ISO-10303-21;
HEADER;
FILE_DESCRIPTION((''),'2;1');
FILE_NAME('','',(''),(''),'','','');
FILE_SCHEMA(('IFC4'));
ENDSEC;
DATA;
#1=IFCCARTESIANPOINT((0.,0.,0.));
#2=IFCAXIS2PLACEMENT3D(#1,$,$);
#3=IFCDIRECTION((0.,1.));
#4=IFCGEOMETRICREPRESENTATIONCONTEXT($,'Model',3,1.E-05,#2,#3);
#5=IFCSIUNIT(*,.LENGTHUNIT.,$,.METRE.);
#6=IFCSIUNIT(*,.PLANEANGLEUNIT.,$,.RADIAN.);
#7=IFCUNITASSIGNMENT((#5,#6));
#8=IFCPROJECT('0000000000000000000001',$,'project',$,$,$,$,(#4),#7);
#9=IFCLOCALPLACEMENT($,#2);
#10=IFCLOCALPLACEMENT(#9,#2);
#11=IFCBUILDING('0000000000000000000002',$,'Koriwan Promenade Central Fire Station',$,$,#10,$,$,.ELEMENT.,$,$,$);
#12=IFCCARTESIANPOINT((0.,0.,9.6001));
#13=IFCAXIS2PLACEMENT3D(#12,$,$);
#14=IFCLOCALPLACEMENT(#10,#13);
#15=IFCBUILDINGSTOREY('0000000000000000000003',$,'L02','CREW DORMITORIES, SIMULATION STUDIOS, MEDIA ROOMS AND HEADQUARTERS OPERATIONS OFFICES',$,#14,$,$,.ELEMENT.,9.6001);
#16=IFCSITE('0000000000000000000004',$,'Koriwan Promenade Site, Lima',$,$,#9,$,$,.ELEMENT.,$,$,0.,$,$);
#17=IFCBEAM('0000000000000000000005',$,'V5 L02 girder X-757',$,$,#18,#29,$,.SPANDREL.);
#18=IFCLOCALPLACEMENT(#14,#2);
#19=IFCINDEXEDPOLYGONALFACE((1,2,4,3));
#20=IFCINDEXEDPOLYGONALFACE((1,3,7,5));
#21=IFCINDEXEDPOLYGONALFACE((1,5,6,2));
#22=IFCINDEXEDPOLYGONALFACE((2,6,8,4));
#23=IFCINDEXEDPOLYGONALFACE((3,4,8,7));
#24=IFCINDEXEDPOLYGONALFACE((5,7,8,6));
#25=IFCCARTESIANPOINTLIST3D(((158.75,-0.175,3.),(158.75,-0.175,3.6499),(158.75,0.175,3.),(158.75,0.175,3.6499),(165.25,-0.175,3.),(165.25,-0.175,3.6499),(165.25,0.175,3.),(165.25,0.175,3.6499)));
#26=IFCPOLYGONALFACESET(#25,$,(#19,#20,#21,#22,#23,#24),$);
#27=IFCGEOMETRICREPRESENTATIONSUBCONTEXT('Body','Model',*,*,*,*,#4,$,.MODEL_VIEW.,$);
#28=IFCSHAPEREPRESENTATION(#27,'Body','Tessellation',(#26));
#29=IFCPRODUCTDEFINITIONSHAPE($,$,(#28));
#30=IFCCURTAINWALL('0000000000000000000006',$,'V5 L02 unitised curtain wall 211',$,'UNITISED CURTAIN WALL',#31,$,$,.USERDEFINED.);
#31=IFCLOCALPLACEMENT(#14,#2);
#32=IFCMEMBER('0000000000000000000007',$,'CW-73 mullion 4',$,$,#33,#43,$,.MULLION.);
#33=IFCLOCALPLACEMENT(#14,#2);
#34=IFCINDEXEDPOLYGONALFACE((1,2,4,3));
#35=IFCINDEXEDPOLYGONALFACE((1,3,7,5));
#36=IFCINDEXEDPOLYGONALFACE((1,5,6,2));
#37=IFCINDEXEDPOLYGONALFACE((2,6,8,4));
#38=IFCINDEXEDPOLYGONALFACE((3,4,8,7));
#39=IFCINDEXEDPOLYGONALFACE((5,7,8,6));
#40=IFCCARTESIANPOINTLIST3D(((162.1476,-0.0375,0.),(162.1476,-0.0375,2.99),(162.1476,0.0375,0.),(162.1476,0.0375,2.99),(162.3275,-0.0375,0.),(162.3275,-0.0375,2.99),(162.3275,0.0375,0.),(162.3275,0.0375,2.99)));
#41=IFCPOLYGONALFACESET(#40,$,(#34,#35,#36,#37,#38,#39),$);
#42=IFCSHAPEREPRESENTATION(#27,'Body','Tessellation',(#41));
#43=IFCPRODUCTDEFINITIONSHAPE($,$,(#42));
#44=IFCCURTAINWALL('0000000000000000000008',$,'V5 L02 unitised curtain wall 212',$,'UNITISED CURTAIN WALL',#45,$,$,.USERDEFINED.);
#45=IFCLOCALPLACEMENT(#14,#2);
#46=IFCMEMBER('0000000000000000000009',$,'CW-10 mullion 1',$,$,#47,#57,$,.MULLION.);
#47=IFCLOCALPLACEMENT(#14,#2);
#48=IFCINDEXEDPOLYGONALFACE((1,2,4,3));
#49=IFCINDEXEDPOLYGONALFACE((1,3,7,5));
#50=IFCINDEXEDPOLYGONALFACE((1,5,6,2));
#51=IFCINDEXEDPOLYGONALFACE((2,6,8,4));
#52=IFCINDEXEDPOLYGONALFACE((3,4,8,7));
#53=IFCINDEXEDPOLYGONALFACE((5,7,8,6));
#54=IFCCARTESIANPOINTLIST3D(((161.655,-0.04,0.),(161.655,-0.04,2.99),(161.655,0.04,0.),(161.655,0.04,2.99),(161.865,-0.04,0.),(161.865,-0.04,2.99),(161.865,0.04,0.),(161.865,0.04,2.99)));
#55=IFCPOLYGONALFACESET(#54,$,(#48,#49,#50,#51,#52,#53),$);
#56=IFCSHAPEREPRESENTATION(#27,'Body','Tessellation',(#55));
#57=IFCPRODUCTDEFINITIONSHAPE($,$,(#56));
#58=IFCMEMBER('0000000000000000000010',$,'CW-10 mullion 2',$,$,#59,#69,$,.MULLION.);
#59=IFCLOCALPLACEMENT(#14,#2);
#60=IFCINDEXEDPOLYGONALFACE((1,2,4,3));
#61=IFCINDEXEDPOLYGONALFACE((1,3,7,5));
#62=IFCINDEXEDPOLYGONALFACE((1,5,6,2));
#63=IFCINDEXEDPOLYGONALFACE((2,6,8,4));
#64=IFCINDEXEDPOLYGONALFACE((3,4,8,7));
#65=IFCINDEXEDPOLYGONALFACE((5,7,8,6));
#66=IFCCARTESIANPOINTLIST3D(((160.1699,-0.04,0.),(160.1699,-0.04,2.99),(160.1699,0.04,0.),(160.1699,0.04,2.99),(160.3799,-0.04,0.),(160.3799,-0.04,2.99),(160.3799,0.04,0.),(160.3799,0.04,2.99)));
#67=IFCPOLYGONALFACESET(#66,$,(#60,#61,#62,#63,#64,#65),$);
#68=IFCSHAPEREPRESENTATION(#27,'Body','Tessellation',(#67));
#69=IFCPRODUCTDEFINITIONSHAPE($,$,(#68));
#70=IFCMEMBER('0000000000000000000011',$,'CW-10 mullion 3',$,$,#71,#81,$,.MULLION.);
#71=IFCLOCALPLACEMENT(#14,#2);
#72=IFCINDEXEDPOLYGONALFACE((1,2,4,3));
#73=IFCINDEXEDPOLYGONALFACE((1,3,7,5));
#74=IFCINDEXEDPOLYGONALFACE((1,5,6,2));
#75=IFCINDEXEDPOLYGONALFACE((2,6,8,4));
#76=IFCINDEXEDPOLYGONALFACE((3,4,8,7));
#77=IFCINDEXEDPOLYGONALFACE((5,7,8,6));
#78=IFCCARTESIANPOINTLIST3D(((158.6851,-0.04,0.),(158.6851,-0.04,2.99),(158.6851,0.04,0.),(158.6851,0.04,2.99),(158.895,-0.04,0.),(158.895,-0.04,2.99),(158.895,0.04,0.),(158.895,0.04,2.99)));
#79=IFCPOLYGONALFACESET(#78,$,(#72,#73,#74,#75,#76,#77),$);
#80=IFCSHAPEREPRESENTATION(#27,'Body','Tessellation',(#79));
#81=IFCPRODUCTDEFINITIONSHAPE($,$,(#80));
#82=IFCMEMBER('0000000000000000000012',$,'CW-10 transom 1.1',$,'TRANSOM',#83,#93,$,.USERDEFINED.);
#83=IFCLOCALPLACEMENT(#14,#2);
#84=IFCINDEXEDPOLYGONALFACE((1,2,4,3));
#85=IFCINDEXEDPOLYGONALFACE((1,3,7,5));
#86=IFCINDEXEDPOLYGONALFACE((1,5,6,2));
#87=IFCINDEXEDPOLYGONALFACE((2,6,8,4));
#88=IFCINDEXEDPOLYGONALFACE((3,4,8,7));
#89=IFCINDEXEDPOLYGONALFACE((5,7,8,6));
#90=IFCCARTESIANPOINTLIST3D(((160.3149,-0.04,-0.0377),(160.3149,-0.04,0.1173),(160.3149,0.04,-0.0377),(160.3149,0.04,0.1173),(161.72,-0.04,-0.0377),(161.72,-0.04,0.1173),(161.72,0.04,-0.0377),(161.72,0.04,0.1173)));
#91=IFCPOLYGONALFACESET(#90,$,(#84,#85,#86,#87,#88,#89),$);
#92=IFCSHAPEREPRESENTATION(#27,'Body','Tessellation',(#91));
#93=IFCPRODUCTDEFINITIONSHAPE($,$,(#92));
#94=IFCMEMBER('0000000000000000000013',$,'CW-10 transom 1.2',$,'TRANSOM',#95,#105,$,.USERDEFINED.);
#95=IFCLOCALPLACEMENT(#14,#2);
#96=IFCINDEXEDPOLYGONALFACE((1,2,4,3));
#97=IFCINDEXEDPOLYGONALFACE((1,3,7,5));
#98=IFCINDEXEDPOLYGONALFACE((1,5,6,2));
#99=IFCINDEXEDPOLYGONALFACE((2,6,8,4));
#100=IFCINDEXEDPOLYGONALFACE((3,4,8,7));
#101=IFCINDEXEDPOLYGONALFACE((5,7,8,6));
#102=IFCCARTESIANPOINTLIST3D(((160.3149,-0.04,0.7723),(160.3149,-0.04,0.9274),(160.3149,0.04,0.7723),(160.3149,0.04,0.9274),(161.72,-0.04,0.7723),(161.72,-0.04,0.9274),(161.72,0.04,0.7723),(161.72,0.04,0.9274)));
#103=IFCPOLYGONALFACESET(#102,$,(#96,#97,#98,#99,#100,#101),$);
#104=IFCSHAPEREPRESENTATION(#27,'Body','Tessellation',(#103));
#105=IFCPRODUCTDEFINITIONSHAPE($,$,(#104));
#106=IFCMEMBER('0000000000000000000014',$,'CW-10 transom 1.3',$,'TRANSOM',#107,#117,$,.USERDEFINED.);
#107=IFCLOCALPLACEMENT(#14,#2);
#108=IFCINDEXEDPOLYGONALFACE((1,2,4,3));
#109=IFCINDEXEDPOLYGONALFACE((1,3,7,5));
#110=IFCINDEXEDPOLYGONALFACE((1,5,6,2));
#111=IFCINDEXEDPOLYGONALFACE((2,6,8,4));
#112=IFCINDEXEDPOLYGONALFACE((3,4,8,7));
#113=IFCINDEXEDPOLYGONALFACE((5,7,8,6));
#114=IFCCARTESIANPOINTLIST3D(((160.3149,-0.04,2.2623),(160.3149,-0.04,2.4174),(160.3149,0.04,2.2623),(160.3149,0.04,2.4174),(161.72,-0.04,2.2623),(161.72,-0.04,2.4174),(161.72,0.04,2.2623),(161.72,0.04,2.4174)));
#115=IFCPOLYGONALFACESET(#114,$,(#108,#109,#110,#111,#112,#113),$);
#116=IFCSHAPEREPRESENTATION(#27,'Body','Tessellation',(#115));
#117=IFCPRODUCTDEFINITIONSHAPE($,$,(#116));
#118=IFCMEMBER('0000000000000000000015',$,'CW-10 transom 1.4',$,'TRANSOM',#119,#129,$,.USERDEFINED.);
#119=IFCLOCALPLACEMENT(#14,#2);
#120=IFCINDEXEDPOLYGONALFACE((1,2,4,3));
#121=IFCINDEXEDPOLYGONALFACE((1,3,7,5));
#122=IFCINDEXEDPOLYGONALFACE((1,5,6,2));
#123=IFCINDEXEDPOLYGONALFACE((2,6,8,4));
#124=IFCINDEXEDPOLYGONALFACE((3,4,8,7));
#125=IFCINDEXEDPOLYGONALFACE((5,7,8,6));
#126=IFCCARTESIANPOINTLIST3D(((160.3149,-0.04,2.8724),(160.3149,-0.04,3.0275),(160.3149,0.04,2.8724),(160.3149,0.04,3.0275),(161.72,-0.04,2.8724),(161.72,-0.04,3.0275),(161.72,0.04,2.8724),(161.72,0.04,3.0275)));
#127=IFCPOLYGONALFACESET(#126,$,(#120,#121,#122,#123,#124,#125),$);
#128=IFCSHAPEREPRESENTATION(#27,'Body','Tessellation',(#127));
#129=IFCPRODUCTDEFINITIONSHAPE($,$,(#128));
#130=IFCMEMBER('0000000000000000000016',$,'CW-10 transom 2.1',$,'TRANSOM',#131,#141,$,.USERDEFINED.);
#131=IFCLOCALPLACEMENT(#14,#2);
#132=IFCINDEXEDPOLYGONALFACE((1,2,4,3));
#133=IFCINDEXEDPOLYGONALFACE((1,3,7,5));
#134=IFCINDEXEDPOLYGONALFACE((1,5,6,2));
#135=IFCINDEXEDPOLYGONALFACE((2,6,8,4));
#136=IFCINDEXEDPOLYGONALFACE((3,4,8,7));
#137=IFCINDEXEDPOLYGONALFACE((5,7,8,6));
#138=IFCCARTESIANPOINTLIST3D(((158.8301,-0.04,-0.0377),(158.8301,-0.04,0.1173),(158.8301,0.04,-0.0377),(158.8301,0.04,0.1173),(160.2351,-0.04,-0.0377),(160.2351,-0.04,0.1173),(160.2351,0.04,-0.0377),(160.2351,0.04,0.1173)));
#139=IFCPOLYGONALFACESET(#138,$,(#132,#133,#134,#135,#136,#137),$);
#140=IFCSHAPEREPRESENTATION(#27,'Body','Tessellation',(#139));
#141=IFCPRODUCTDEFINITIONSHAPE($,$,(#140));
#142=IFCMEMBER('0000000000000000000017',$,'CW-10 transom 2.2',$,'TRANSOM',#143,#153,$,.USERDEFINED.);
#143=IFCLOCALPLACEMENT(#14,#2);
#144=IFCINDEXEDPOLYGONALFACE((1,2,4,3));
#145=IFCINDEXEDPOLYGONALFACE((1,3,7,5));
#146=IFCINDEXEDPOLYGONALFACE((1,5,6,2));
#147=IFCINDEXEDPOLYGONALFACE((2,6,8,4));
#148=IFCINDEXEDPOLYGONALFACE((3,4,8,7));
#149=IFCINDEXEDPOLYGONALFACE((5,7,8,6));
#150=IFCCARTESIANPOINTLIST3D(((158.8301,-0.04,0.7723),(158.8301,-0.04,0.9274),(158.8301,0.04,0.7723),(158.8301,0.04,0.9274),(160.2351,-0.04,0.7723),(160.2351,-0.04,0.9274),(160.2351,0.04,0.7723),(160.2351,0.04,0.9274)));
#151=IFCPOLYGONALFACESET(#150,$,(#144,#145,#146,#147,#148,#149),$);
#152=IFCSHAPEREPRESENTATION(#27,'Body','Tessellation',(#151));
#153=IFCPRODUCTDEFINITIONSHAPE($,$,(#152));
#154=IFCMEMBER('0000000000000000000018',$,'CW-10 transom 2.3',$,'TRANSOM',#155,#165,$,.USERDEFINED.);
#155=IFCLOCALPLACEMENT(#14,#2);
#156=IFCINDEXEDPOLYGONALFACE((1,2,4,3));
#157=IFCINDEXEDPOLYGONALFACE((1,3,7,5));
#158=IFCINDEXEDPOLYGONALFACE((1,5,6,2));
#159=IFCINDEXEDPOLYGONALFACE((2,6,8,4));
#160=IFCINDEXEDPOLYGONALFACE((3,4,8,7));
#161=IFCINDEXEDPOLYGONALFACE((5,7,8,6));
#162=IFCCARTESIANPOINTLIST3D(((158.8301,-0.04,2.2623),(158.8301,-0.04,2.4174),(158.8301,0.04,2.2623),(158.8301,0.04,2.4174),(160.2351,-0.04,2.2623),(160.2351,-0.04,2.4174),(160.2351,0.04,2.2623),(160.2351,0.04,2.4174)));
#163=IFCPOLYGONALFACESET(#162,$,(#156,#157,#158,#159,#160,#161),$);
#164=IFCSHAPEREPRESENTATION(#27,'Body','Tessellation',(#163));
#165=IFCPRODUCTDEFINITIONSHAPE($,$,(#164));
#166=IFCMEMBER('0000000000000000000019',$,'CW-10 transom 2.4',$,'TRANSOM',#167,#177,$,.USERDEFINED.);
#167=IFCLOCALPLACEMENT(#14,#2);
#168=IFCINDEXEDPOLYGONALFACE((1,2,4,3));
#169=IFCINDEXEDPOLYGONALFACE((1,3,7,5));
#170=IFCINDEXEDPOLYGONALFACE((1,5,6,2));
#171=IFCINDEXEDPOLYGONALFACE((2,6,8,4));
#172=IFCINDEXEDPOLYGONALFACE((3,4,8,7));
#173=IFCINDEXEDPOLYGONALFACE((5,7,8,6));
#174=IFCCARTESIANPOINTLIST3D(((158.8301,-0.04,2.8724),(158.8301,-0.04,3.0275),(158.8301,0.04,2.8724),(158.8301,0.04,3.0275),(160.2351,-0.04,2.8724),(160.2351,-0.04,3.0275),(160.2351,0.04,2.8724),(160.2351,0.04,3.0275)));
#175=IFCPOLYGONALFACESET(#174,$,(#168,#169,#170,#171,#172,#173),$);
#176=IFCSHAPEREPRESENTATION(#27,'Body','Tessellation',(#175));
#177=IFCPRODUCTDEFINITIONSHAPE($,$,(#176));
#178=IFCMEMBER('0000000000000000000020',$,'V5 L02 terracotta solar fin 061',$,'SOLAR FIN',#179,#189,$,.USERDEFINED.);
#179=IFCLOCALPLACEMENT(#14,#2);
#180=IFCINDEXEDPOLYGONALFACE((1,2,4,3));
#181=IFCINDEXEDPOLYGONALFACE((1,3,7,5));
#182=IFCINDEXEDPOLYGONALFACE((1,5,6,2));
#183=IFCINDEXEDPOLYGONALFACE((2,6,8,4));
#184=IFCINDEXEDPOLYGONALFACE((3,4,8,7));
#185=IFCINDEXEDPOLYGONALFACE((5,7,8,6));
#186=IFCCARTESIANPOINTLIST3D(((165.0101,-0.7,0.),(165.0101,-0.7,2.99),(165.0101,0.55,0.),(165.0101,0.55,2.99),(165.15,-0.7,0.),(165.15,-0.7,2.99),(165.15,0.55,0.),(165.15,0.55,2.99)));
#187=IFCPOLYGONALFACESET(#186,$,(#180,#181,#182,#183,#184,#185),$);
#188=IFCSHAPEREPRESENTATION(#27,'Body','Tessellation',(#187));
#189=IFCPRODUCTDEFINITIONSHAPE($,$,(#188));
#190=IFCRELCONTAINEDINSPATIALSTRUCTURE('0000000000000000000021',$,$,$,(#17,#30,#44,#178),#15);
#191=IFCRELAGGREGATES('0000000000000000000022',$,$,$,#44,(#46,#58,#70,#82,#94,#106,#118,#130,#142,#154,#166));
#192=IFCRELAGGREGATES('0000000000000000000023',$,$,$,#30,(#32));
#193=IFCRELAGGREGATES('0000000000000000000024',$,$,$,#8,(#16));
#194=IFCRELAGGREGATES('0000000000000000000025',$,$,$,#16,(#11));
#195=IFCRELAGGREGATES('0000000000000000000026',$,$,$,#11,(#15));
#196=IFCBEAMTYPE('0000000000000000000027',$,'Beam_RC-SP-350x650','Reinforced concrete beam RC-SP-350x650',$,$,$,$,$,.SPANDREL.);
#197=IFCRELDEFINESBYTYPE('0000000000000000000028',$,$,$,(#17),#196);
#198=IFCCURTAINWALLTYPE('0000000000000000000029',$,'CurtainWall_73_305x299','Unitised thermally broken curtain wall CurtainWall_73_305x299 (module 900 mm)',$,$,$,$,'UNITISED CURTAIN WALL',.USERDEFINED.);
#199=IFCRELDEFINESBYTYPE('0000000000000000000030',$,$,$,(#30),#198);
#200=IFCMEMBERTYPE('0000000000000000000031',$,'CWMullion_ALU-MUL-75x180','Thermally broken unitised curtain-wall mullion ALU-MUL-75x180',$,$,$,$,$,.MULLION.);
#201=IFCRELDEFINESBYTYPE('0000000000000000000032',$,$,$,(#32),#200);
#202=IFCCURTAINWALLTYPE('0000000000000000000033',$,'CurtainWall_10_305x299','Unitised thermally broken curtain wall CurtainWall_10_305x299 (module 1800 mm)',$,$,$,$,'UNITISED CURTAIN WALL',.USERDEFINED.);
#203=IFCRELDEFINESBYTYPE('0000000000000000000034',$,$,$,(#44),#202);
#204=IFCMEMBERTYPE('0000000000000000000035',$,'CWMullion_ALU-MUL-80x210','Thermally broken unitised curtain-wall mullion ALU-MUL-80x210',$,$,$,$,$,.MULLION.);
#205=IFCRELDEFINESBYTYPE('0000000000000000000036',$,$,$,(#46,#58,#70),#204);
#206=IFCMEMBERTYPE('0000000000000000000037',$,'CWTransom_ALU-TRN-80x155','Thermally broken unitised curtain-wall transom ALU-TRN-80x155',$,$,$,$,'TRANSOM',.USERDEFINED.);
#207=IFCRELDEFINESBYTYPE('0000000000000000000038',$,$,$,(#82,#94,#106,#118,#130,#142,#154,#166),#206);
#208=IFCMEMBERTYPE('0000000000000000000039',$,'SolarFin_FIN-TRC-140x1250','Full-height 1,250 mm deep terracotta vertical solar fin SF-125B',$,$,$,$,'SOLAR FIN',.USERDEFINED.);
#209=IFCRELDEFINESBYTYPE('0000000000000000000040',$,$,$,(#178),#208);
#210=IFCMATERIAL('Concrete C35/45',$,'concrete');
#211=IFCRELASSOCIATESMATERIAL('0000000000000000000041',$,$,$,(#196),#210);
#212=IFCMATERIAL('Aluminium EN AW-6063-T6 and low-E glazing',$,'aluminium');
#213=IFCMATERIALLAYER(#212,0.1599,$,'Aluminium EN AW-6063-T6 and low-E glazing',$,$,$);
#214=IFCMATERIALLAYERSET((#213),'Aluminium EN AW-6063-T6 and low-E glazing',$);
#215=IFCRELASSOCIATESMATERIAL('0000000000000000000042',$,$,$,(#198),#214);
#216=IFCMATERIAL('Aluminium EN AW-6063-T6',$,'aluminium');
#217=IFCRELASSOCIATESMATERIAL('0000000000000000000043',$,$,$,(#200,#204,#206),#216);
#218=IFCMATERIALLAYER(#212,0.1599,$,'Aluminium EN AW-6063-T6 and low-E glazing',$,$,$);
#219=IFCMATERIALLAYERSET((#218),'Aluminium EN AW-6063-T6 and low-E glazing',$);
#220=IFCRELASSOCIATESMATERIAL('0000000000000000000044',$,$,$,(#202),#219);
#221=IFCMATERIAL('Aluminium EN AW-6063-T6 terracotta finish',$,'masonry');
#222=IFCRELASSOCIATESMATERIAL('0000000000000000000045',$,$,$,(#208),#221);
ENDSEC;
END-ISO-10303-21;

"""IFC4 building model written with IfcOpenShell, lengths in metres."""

from ifc_helpers import new_model, si_unit, direction, frame, origin, origin_2d, place, context, subcontext, project, spatial, rectangle, extrude, material, layer, layer_set, material_profile, profile_set, type_object, element, aggregate, save


model = new_model("IFC4")

# Units and contexts
model_context = context("Model", 3, precision=1e-05, world=origin(), true_north=direction((0.0, 1.0)))
body_context = subcontext(model_context, "Body", "Model", "MODEL_VIEW")
ifc_project = project(units=[si_unit("LENGTHUNIT", "METRE"), si_unit("PLANEANGLEUNIT", "RADIAN")], contexts=[model_context])

# Site, building, storey
site_placement = place(None, origin())
site = spatial("IfcSite", under=ifc_project, at=site_placement, Name="Koriwan Promenade Site, Lima", CompositionType="ELEMENT", RefElevation=0.0)
building_placement = place(site_placement, origin())
building = spatial("IfcBuilding", under=site, at=building_placement, Name="Koriwan Promenade Central Fire Station", CompositionType="ELEMENT")
storey_placement = place(building_placement, frame((0.0, 0.0, 9.6001)))
storey = spatial("IfcBuildingStorey", under=building, at=storey_placement, Name="L02", Description="CREW DORMITORIES, SIMULATION STUDIOS, MEDIA ROOMS AND HEADQUARTERS OPERATIONS OFFICES", CompositionType="ELEMENT", Elevation=9.6001)

# Beam
ifc_material_1 = material(Name="Concrete C35/45", Category="concrete")
ifc_material_profile_1 = material_profile(ifc_material_1, rectangle(XDim=0.3501, YDim=0.6499, at=origin_2d()), Name="RC-SP-350x650")
ifc_profile_set_1 = profile_set([ifc_material_profile_1], Name="Concrete C35/45")
beam_type = type_object("IfcBeamType", Name="Beam_RC-SP-350x650", Description="Reinforced concrete beam RC-SP-350x650", PredefinedType="SPANDREL", material=ifc_profile_set_1)
beam_placement = place(storey_placement, frame((158.75, 0.0, 3.325), z_axis=(1.0, 0.0, 0.0), x_axis=(0.0, 1.0, 0.0)))
element("IfcBeam", 1, at=beam_placement, inside=storey, type_object=beam_type, Name="V5 L02 girder X-757", PredefinedType="SPANDREL", context=body_context, shape_type="SweptSolid", body=[
    extrude(rectangle(XDim=0.3501, YDim=0.6499, at=origin_2d()), origin(), (0.0, 0.0, 1.0), 6.5),
])

# Curtain wall, member
ifc_material_2 = material(Name="Aluminium EN AW-6063-T6 and low-E glazing", Category="aluminium")
ifc_layer_1 = layer(ifc_material_2, 0.1599, Name="Aluminium EN AW-6063-T6 and low-E glazing")
ifc_layer_set_1 = layer_set([ifc_layer_1], Name="Aluminium EN AW-6063-T6 and low-E glazing")
curtain_wall_type_1 = type_object("IfcCurtainWallType", Name="CurtainWall_73_305x299", Description="Unitised thermally broken curtain wall CurtainWall_73_305x299 (module 900 mm)", ElementType="UNITISED CURTAIN WALL", PredefinedType="USERDEFINED", material=ifc_layer_set_1)
curtain_wall_1_placement = place(storey_placement, origin())
curtain_wall_1 = element("IfcCurtainWall", 2, at=curtain_wall_1_placement, inside=storey, type_object=curtain_wall_type_1, Name="V5 L02 unitised curtain wall 211", ObjectType="UNITISED CURTAIN WALL", PredefinedType="USERDEFINED")
ifc_material_3 = material(Name="Aluminium EN AW-6063-T6", Category="aluminium")
ifc_material_profile_2 = material_profile(ifc_material_3, rectangle(XDim=0.075, YDim=0.1799, at=origin_2d()), Name="ALU-MUL-75x180")
ifc_profile_set_2 = profile_set([ifc_material_profile_2], Name="Aluminium EN AW-6063-T6")
member_type_1 = type_object("IfcMemberType", Name="CWMullion_ALU-MUL-75x180", Description="Thermally broken unitised curtain-wall mullion ALU-MUL-75x180", PredefinedType="MULLION", material=ifc_profile_set_2)
member_1_placement = place(storey_placement, frame((162.2375, 0.0, 0.0), z_axis=(0.0, 0.0, 1.0), x_axis=(0.0, -1.0, 0.0)))
member_1 = element("IfcMember", 3, at=member_1_placement, type_object=member_type_1, Name="CW-73 mullion 4", PredefinedType="MULLION", context=body_context, shape_type="SweptSolid", body=[
    extrude(rectangle(XDim=0.075, YDim=0.1799, at=origin_2d()), origin(), (0.0, 0.0, 1.0), 2.99),
])

# Curtain wall, members
ifc_layer_2 = layer(ifc_material_2, 0.1599, Name="Aluminium EN AW-6063-T6 and low-E glazing")
ifc_layer_set_2 = layer_set([ifc_layer_2], Name="Aluminium EN AW-6063-T6 and low-E glazing")
curtain_wall_type_2 = type_object("IfcCurtainWallType", Name="CurtainWall_10_305x299", Description="Unitised thermally broken curtain wall CurtainWall_10_305x299 (module 1800 mm)", ElementType="UNITISED CURTAIN WALL", PredefinedType="USERDEFINED", material=ifc_layer_set_2)
curtain_wall_2_placement = place(storey_placement, origin())
curtain_wall_2 = element("IfcCurtainWall", 4, at=curtain_wall_2_placement, inside=storey, type_object=curtain_wall_type_2, Name="V5 L02 unitised curtain wall 212", ObjectType="UNITISED CURTAIN WALL", PredefinedType="USERDEFINED")
ifc_material_profile_3 = material_profile(ifc_material_3, rectangle(XDim=0.0801, YDim=0.21, at=origin_2d()), Name="ALU-MUL-80x210")
ifc_profile_set_3 = profile_set([ifc_material_profile_3], Name="Aluminium EN AW-6063-T6")
member_type_2 = type_object("IfcMemberType", Name="CWMullion_ALU-MUL-80x210", Description="Thermally broken unitised curtain-wall mullion ALU-MUL-80x210", PredefinedType="MULLION", material=ifc_profile_set_3)
member_2_placement = place(storey_placement, frame((161.76, 0.0, 0.0), z_axis=(0.0, 0.0, 1.0), x_axis=(0.0, -1.0, 0.0)))
member_2 = element("IfcMember", 5, at=member_2_placement, type_object=member_type_2, Name="CW-10 mullion 1", PredefinedType="MULLION", context=body_context, shape_type="SweptSolid", body=[
    extrude(rectangle(XDim=0.0801, YDim=0.21, at=origin_2d()), origin(), (0.0, 0.0, 1.0), 2.99),
])
member_3_placement = place(storey_placement, frame((160.2749, 0.0, 0.0), z_axis=(0.0, 0.0, 1.0), x_axis=(0.0, -1.0, 0.0)))
member_3 = element("IfcMember", 6, at=member_3_placement, type_object=member_type_2, Name="CW-10 mullion 2", PredefinedType="MULLION", context=body_context, shape_type="SweptSolid", body=[
    extrude(rectangle(XDim=0.0801, YDim=0.21, at=origin_2d()), origin(), (0.0, 0.0, 1.0), 2.99),
])
member_4_placement = place(storey_placement, frame((158.79, 0.0, 0.0), z_axis=(0.0, 0.0, 1.0), x_axis=(0.0, -1.0, 0.0)))
member_4 = element("IfcMember", 7, at=member_4_placement, type_object=member_type_2, Name="CW-10 mullion 3", PredefinedType="MULLION", context=body_context, shape_type="SweptSolid", body=[
    extrude(rectangle(XDim=0.0801, YDim=0.21, at=origin_2d()), origin(), (0.0, 0.0, 1.0), 2.99),
])
ifc_material_profile_4 = material_profile(ifc_material_3, rectangle(XDim=0.0801, YDim=0.155, at=origin_2d()), Name="ALU-TRN-80x155")
ifc_profile_set_4 = profile_set([ifc_material_profile_4], Name="Aluminium EN AW-6063-T6")
member_type_3 = type_object("IfcMemberType", Name="CWTransom_ALU-TRN-80x155", Description="Thermally broken unitised curtain-wall transom ALU-TRN-80x155", ElementType="TRANSOM", PredefinedType="USERDEFINED", material=ifc_profile_set_4)
member_5_placement = place(storey_placement, frame((161.72, 0.0, 0.0398), z_axis=(-1.0, 0.0, 0.0), x_axis=(0.0, -1.0, 0.0)))
member_5 = element("IfcMember", 8, at=member_5_placement, type_object=member_type_3, Name="CW-10 transom 1.1", ObjectType="TRANSOM", PredefinedType="USERDEFINED", context=body_context, shape_type="SweptSolid", body=[
    extrude(rectangle(XDim=0.0801, YDim=0.155, at=origin_2d()), origin(), (0.0, 0.0, 1.0), 1.405),
])
member_6_placement = place(storey_placement, frame((161.72, 0.0, 0.8499), z_axis=(-1.0, 0.0, 0.0), x_axis=(0.0, -1.0, 0.0)))
member_6 = element("IfcMember", 9, at=member_6_placement, type_object=member_type_3, Name="CW-10 transom 1.2", ObjectType="TRANSOM", PredefinedType="USERDEFINED", context=body_context, shape_type="SweptSolid", body=[
    extrude(rectangle(XDim=0.0801, YDim=0.155, at=origin_2d()), origin(), (0.0, 0.0, 1.0), 1.405),
])
member_7_placement = place(storey_placement, frame((161.72, 0.0, 2.3398), z_axis=(-1.0, 0.0, 0.0), x_axis=(0.0, -1.0, 0.0)))
member_7 = element("IfcMember", 10, at=member_7_placement, type_object=member_type_3, Name="CW-10 transom 1.3", ObjectType="TRANSOM", PredefinedType="USERDEFINED", context=body_context, shape_type="SweptSolid", body=[
    extrude(rectangle(XDim=0.0801, YDim=0.155, at=origin_2d()), origin(), (0.0, 0.0, 1.0), 1.405),
])
member_8_placement = place(storey_placement, frame((161.72, 0.0, 2.95), z_axis=(-1.0, 0.0, 0.0), x_axis=(0.0, -1.0, 0.0)))
member_8 = element("IfcMember", 11, at=member_8_placement, type_object=member_type_3, Name="CW-10 transom 1.4", ObjectType="TRANSOM", PredefinedType="USERDEFINED", context=body_context, shape_type="SweptSolid", body=[
    extrude(rectangle(XDim=0.0801, YDim=0.155, at=origin_2d()), origin(), (0.0, 0.0, 1.0), 1.405),
])
member_9_placement = place(storey_placement, frame((160.2351, 0.0, 0.0398), z_axis=(-1.0, 0.0, 0.0), x_axis=(0.0, -1.0, 0.0)))
member_9 = element("IfcMember", 12, at=member_9_placement, type_object=member_type_3, Name="CW-10 transom 2.1", ObjectType="TRANSOM", PredefinedType="USERDEFINED", context=body_context, shape_type="SweptSolid", body=[
    extrude(rectangle(XDim=0.0801, YDim=0.155, at=origin_2d()), origin(), (0.0, 0.0, 1.0), 1.405),
])
member_10_placement = place(storey_placement, frame((160.2351, 0.0, 0.8499), z_axis=(-1.0, 0.0, 0.0), x_axis=(0.0, -1.0, 0.0)))
member_10 = element("IfcMember", 13, at=member_10_placement, type_object=member_type_3, Name="CW-10 transom 2.2", ObjectType="TRANSOM", PredefinedType="USERDEFINED", context=body_context, shape_type="SweptSolid", body=[
    extrude(rectangle(XDim=0.0801, YDim=0.155, at=origin_2d()), origin(), (0.0, 0.0, 1.0), 1.405),
])
member_11_placement = place(storey_placement, frame((160.2351, 0.0, 2.3398), z_axis=(-1.0, 0.0, 0.0), x_axis=(0.0, -1.0, 0.0)))
member_11 = element("IfcMember", 14, at=member_11_placement, type_object=member_type_3, Name="CW-10 transom 2.3", ObjectType="TRANSOM", PredefinedType="USERDEFINED", context=body_context, shape_type="SweptSolid", body=[
    extrude(rectangle(XDim=0.0801, YDim=0.155, at=origin_2d()), origin(), (0.0, 0.0, 1.0), 1.405),
])
member_12_placement = place(storey_placement, frame((160.2351, 0.0, 2.95), z_axis=(-1.0, 0.0, 0.0), x_axis=(0.0, -1.0, 0.0)))
member_12 = element("IfcMember", 15, at=member_12_placement, type_object=member_type_3, Name="CW-10 transom 2.4", ObjectType="TRANSOM", PredefinedType="USERDEFINED", context=body_context, shape_type="SweptSolid", body=[
    extrude(rectangle(XDim=0.0801, YDim=0.155, at=origin_2d()), origin(), (0.0, 0.0, 1.0), 1.405),
])

# Member
ifc_material_4 = material(Name="Aluminium EN AW-6063-T6 terracotta finish", Category="masonry")
ifc_material_profile_5 = material_profile(ifc_material_4, rectangle(XDim=0.1399, YDim=1.25, at=origin_2d()), Name="FIN-TRC-140x1250")
ifc_profile_set_5 = profile_set([ifc_material_profile_5], Name="Aluminium EN AW-6063-T6 terracotta finish")
member_type_4 = type_object("IfcMemberType", Name="SolarFin_FIN-TRC-140x1250", Description="Full-height 1,250 mm deep terracotta vertical solar fin SF-125B", ElementType="SOLAR FIN", PredefinedType="USERDEFINED", material=ifc_profile_set_5)
for number, where, z_axis, x_axis, name in (
    (16, (165.0801, -0.075, 0.0), (0.0, 0.0, 1.0), (-1.0, 0.0, 0.0), "V5 L02 terracotta solar fin 061"),
):
    element("IfcMember", number, at=place(storey_placement, frame(where, z_axis=z_axis, x_axis=x_axis)), inside=storey, type_object=member_type_4, Name=name, ObjectType="SOLAR FIN", PredefinedType="USERDEFINED", context=body_context, shape_type="SweptSolid", body=[
        extrude(rectangle(XDim=0.1399, YDim=1.25, at=origin_2d()), origin(), (0.0, 0.0, 1.0), 2.99),
    ])

aggregate(curtain_wall_2, [member_2, member_3, member_4, member_5, member_6, member_7, member_8, member_9, member_10, member_11, member_12])
aggregate(curtain_wall_1, [member_1])

save(model, "model.ifc")
